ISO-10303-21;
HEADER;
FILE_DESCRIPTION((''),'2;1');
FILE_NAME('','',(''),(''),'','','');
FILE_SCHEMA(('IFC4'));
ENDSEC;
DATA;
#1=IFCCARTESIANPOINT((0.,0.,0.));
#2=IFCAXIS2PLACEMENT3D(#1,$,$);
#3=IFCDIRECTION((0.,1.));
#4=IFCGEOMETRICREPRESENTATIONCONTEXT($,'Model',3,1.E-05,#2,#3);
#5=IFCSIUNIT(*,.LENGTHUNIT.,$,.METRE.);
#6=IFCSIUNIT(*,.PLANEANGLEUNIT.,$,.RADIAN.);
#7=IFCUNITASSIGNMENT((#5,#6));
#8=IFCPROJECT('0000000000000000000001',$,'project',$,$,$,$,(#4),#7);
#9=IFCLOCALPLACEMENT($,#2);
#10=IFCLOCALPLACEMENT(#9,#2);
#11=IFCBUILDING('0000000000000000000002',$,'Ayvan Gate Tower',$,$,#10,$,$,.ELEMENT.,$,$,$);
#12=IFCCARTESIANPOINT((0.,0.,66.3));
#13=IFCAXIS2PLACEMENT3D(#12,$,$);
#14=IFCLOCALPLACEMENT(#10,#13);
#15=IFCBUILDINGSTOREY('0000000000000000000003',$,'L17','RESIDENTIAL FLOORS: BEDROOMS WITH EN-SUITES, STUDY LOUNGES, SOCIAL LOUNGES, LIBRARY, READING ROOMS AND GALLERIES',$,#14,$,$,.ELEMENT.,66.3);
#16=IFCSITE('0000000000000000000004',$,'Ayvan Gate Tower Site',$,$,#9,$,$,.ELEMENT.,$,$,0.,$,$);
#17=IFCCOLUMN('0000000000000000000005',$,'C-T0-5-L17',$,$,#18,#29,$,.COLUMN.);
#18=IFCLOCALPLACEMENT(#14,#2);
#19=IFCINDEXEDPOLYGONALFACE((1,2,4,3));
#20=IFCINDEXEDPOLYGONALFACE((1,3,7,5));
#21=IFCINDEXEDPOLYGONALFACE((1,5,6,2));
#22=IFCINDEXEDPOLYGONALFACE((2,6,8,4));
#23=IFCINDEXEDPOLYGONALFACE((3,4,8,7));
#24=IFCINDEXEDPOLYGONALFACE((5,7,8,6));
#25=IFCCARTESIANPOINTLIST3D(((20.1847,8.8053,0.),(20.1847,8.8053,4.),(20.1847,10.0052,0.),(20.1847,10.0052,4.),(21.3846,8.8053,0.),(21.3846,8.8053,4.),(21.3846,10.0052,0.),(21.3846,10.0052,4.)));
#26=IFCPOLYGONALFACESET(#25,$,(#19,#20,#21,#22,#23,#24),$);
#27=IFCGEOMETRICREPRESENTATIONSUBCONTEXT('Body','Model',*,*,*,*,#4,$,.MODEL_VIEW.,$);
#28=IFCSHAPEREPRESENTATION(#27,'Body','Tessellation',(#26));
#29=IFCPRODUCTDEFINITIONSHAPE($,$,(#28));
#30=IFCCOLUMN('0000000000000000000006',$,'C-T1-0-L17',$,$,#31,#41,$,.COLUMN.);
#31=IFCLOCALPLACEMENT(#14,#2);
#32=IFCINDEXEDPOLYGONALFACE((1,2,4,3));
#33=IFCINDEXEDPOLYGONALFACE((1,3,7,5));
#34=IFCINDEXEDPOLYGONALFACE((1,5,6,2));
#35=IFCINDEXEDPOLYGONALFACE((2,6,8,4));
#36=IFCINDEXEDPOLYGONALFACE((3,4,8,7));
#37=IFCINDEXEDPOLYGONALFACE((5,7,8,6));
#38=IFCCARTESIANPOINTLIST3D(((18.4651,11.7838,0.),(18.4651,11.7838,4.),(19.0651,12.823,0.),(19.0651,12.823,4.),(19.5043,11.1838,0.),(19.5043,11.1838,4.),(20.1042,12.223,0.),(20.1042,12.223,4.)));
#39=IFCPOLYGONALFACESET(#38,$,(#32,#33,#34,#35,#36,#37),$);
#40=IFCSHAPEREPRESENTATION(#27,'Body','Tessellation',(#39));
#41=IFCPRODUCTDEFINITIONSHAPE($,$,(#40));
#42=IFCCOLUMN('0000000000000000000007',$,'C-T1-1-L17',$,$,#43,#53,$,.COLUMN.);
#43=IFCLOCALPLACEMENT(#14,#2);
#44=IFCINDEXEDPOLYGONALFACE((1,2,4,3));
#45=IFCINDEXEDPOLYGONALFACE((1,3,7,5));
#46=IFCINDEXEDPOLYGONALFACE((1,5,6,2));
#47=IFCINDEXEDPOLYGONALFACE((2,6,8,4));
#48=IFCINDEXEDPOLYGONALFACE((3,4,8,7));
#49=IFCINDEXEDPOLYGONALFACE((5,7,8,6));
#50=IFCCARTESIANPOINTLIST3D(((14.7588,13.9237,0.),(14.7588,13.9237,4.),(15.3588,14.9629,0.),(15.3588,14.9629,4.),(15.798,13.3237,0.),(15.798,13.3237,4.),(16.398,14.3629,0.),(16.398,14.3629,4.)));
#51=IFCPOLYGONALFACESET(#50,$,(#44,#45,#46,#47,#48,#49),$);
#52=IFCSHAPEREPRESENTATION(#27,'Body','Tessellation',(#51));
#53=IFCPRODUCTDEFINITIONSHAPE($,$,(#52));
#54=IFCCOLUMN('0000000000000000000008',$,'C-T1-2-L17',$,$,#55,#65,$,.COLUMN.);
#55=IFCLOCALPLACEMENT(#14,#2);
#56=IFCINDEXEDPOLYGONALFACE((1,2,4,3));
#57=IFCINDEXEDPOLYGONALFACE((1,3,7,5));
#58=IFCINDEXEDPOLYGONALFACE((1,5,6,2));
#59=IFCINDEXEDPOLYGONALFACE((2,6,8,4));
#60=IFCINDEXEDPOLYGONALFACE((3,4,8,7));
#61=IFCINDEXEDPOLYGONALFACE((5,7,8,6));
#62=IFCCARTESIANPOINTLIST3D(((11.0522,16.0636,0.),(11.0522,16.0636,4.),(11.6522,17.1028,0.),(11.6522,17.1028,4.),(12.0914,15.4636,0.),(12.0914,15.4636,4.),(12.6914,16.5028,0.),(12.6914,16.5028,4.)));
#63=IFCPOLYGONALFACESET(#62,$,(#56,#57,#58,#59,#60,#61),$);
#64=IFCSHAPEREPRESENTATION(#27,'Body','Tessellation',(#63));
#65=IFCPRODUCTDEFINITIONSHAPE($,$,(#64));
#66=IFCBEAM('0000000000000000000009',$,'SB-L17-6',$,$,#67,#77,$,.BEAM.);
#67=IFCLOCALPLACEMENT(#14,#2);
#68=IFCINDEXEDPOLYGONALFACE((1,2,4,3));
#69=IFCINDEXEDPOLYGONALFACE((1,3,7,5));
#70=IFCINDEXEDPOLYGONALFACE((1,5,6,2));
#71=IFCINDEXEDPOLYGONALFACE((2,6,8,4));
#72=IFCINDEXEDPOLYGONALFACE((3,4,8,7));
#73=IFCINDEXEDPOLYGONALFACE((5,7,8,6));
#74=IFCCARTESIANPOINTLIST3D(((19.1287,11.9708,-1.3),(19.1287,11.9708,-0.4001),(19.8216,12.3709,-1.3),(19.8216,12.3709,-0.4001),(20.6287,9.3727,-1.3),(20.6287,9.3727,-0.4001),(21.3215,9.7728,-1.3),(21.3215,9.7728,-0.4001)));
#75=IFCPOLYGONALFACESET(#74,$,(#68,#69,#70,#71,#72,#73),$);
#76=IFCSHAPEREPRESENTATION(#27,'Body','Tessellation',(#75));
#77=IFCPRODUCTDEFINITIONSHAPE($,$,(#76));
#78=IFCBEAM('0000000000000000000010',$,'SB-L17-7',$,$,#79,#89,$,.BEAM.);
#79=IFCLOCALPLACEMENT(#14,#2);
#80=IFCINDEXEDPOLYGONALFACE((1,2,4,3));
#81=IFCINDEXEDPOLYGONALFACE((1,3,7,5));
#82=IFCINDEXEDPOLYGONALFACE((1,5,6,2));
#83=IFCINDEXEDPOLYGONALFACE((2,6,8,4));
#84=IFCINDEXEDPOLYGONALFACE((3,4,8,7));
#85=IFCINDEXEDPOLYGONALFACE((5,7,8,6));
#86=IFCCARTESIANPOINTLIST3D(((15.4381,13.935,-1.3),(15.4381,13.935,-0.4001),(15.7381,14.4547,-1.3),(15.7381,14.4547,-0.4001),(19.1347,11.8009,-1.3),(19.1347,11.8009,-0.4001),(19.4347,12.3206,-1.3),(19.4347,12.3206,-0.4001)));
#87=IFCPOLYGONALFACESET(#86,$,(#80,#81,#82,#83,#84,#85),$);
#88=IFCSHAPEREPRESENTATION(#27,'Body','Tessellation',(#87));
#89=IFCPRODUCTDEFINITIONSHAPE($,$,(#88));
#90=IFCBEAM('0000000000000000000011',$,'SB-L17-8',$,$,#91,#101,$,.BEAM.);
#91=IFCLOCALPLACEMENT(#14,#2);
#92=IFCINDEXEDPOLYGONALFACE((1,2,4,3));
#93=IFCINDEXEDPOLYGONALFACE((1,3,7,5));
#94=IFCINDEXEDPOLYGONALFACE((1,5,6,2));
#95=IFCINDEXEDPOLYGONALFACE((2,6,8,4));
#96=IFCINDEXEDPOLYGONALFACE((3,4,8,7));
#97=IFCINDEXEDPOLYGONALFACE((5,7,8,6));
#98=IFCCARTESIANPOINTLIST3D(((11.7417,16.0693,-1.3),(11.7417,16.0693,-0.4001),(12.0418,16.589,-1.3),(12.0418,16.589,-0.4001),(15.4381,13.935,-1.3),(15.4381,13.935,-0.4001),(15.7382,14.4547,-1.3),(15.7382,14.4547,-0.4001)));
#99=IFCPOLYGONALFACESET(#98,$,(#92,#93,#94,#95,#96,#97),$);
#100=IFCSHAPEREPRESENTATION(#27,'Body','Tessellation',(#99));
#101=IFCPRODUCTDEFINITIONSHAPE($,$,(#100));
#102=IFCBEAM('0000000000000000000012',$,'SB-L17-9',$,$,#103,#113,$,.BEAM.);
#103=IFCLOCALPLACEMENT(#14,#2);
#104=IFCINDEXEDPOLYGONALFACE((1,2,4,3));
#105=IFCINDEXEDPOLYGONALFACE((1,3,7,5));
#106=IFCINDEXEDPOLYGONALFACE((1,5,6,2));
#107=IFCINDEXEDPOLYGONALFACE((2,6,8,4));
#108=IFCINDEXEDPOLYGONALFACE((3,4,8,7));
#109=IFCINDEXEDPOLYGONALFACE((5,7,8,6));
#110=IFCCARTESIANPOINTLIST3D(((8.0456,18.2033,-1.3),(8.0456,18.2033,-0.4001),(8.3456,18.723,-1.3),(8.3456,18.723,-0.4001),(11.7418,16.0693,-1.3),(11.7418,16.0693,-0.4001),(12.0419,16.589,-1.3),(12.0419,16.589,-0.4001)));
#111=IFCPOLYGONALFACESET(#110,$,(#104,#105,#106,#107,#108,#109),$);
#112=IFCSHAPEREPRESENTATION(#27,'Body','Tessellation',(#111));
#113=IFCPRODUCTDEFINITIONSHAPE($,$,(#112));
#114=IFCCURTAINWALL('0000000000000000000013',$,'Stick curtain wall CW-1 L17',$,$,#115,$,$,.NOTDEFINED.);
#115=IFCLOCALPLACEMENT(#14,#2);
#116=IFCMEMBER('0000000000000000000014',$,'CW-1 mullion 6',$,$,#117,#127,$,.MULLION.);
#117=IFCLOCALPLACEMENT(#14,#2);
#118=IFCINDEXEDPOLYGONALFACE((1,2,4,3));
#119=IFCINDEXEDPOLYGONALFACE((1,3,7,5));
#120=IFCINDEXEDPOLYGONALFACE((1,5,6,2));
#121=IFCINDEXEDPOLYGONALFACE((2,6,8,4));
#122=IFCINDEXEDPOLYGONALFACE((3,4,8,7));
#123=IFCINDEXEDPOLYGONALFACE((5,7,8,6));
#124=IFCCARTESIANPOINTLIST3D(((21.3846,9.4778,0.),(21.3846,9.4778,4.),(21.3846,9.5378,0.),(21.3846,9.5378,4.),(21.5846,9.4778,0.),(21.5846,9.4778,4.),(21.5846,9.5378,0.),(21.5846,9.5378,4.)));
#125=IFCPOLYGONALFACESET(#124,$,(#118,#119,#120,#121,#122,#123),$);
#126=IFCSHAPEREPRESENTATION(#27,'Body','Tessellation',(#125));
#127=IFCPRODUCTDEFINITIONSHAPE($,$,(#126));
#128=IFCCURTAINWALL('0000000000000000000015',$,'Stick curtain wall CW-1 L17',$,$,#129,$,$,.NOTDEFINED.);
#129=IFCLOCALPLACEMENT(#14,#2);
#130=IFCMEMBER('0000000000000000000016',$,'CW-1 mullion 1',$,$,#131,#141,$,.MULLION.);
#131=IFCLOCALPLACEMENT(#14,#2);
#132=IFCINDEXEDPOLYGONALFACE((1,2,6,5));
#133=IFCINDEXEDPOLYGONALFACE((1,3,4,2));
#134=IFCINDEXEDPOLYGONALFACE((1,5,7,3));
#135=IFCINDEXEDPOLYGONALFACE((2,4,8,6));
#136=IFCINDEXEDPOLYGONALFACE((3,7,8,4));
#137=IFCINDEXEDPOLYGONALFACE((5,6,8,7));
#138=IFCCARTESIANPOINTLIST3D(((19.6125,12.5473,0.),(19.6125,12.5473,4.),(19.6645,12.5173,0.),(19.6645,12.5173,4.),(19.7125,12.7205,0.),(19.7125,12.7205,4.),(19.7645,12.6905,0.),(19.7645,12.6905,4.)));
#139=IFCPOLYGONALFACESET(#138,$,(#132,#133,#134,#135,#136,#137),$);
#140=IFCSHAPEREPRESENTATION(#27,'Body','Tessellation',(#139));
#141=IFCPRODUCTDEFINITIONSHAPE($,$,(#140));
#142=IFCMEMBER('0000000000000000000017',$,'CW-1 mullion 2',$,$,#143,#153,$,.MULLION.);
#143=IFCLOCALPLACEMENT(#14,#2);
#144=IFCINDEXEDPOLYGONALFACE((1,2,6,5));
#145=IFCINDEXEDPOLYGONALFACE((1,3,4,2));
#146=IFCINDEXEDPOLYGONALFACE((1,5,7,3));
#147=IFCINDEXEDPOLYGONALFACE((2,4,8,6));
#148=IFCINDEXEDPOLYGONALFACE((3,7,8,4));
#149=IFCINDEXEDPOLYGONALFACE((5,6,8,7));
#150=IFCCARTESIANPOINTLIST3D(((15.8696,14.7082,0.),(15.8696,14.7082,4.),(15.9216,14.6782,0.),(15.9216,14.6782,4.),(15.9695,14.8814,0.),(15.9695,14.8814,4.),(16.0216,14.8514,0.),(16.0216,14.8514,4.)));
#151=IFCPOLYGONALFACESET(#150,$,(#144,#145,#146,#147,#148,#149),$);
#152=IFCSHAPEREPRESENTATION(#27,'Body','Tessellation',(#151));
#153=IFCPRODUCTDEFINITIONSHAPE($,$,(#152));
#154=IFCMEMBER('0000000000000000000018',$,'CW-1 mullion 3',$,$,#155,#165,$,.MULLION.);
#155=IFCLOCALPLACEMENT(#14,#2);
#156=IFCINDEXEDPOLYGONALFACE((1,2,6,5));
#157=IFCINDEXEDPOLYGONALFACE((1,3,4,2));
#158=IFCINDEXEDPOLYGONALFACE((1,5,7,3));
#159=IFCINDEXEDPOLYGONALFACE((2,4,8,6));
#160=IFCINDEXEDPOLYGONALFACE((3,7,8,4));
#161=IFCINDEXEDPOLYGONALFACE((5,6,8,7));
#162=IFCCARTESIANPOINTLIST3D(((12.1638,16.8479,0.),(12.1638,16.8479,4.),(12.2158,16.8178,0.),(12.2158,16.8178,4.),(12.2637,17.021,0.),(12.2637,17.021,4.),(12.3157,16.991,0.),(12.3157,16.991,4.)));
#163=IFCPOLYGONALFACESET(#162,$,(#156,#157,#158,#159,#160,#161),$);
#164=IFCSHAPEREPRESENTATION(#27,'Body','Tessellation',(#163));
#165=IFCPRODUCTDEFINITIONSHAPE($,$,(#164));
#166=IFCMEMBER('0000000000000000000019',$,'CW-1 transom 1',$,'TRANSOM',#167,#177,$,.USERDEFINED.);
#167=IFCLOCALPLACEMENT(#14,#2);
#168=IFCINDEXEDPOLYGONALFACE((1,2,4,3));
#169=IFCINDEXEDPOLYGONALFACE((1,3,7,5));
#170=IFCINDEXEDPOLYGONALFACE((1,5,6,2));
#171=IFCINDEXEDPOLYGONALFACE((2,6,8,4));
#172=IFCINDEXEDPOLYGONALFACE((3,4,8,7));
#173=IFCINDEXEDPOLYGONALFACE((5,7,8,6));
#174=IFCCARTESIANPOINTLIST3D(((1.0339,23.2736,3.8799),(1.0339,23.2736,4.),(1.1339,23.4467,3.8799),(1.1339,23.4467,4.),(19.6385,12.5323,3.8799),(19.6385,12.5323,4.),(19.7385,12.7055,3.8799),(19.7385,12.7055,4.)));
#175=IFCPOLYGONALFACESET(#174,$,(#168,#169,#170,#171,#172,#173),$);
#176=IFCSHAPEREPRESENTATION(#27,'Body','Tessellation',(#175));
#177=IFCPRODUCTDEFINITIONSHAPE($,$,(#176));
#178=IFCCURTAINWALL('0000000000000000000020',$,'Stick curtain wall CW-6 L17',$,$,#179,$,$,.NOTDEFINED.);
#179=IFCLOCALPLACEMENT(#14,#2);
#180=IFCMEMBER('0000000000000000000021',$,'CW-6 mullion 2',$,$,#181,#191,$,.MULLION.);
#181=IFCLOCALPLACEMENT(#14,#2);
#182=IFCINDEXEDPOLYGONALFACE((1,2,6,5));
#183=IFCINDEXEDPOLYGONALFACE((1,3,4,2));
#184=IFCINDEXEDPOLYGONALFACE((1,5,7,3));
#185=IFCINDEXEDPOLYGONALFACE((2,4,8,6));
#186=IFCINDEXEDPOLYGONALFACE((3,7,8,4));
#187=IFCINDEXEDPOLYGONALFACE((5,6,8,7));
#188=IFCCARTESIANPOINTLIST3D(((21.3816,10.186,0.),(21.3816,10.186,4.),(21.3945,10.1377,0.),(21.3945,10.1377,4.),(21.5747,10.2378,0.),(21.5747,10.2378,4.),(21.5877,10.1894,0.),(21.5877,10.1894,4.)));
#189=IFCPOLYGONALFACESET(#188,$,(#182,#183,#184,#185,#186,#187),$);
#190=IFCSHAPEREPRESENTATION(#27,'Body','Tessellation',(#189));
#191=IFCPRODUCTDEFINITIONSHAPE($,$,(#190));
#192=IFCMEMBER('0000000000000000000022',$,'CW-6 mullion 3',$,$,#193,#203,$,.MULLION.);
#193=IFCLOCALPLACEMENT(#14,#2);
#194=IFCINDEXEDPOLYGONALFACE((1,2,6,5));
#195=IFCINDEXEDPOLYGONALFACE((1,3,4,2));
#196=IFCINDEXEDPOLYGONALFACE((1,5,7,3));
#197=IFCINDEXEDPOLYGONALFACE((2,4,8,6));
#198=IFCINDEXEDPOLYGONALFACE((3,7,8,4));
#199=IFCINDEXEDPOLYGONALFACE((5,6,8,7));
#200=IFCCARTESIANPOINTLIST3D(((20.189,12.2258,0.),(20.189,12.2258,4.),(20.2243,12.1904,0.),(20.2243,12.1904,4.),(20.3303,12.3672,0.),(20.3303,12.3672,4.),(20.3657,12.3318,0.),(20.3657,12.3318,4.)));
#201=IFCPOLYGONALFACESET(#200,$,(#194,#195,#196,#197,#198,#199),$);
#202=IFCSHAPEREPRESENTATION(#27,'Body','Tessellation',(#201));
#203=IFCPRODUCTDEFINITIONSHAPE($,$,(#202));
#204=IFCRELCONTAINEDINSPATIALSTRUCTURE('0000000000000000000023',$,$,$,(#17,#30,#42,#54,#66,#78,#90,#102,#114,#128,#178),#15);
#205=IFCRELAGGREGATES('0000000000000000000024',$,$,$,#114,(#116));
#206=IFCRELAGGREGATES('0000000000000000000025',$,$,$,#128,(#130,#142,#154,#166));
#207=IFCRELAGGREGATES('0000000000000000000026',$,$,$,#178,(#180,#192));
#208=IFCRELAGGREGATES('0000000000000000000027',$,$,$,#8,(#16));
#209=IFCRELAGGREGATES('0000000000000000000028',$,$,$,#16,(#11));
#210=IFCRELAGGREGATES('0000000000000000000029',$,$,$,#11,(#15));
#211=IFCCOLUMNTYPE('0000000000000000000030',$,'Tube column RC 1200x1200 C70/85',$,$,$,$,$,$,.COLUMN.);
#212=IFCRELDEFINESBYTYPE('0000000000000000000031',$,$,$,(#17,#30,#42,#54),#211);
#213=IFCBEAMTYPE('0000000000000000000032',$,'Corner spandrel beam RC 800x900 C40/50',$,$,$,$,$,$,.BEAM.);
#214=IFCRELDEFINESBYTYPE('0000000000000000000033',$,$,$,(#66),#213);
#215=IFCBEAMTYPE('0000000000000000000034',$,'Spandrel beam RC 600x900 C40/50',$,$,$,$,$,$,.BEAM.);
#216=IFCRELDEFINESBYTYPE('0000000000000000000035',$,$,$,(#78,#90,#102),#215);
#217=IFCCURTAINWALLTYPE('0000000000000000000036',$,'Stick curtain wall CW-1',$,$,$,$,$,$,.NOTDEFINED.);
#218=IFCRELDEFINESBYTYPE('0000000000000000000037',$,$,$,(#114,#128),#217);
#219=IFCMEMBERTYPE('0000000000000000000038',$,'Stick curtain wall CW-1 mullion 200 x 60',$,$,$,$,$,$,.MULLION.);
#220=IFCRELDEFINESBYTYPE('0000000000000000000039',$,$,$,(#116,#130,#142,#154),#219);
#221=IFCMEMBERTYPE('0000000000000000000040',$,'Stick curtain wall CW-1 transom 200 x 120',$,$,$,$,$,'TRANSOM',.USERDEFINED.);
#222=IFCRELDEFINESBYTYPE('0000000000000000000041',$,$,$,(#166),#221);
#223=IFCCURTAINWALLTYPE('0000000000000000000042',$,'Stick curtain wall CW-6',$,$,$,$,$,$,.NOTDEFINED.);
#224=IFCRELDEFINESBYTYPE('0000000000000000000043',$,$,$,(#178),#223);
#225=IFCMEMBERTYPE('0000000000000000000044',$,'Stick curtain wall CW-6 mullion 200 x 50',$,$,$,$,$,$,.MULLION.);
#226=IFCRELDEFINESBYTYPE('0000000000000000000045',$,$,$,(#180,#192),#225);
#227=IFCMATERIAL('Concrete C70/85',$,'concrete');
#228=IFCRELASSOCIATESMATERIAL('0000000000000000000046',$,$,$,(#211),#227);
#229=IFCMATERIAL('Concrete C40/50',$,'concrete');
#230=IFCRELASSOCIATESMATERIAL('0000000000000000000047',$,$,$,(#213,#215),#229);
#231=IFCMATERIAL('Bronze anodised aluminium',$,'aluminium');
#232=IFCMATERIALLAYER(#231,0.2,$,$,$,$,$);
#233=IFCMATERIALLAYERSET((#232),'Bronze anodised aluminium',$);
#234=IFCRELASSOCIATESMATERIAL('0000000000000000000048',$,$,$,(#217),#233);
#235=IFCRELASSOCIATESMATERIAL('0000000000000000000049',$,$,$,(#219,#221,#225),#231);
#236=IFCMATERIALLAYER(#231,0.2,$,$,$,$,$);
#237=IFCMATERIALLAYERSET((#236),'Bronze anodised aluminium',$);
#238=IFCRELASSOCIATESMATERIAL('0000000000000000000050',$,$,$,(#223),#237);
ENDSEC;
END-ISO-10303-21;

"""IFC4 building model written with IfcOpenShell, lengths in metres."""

from ifc_helpers import new_model, si_unit, direction, frame, origin, origin_2d, place, context, subcontext, project, spatial, rectangle, extrude, material, layer, layer_set, material_profile, profile_set, type_object, element, aggregate, save


model = new_model("IFC4")

# Units and contexts
model_context = context("Model", 3, precision=1e-05, world=origin(), true_north=direction((0.0, 1.0)))
body_context = subcontext(model_context, "Body", "Model", "MODEL_VIEW")
ifc_project = project(units=[si_unit("LENGTHUNIT", "METRE"), si_unit("PLANEANGLEUNIT", "RADIAN")], contexts=[model_context])

# Site, building, storey
site_placement = place(None, origin())
site = spatial("IfcSite", under=ifc_project, at=site_placement, Name="Ayvan Gate Tower Site", CompositionType="ELEMENT", RefElevation=0.0)
building_placement = place(site_placement, origin())
building = spatial("IfcBuilding", under=site, at=building_placement, Name="Ayvan Gate Tower", CompositionType="ELEMENT")
storey_placement = place(building_placement, frame((0.0, 0.0, 66.3)))
storey = spatial("IfcBuildingStorey", under=building, at=storey_placement, Name="L17", Description="RESIDENTIAL FLOORS: BEDROOMS WITH EN-SUITES, STUDY LOUNGES, SOCIAL LOUNGES, LIBRARY, READING ROOMS AND GALLERIES", CompositionType="ELEMENT", Elevation=66.3)

# Columns
ifc_material_1 = material(Name="Concrete C70/85", Category="concrete")
ifc_material_profile_1 = material_profile(ifc_material_1, rectangle(XDim=1.2, YDim=1.2, at=origin_2d()), Name="RC 1200x1200")
ifc_profile_set_1 = profile_set([ifc_material_profile_1], Name="Concrete C70/85")
column_type = type_object("IfcColumnType", Name="Tube column RC 1200x1200 C70/85", PredefinedType="COLUMN", material=ifc_profile_set_1)
for number, where, z_axis, x_axis, name in (
    (1, (20.7847, 9.4053, 0.0), (0.0, 0.0, 1.0), (1.0, 0.0, 0.0), "C-T0-5-L17"),
    (2, (19.2847, 12.0034, 0.0), (0.0, 0.0, 1.0), (0.5, 0.866025, 0.0), "C-T1-0-L17"),
    (3, (15.5784, 14.1433, 0.0), (0.0, 0.0, 1.0), (0.5, 0.866025, 0.0), "C-T1-1-L17"),
    (4, (11.8718, 16.2832, 0.0), (0.0, 0.0, 1.0), (0.5, 0.866025, 0.0), "C-T1-2-L17"),
):
    element("IfcColumn", number, at=place(storey_placement, frame(where, z_axis=z_axis, x_axis=x_axis)), inside=storey, type_object=column_type, Name=name, PredefinedType="COLUMN", context=body_context, shape_type="SweptSolid", body=[
        extrude(rectangle(XDim=1.2, YDim=1.2, at=origin_2d()), origin(), (0.0, 0.0, 1.0), 4.0),
    ])

# Beams
ifc_material_2 = material(Name="Concrete C40/50", Category="concrete")
ifc_material_profile_2 = material_profile(ifc_material_2, rectangle(XDim=0.8, YDim=0.8999, at=origin_2d()), Name="RC 800x900")
ifc_profile_set_2 = profile_set([ifc_material_profile_2], Name="Concrete C40/50")
beam_type_1 = type_object("IfcBeamType", Name="Corner spandrel beam RC 800x900 C40/50", PredefinedType="BEAM", material=ifc_profile_set_2)
beam_1_placement = place(storey_placement, frame((20.9751, 9.5728, -0.8501), z_axis=(-0.49999, 0.866031, 0.0), x_axis=(-0.866031, -0.49999, 0.0)))
element("IfcBeam", 5, at=beam_1_placement, inside=storey, type_object=beam_type_1, Name="SB-L17-6", PredefinedType="BEAM", context=body_context, shape_type="SweptSolid", body=[
    extrude(rectangle(XDim=0.8, YDim=0.8999, at=origin_2d()), origin(), (0.0, 0.0, 1.0), 3.0),
])
ifc_material_profile_3 = material_profile(ifc_material_2, rectangle(XDim=0.6001, YDim=0.8999, at=origin_2d()), Name="RC 600x900")
ifc_profile_set_3 = profile_set([ifc_material_profile_3], Name="Concrete C40/50")
beam_type_2 = type_object("IfcBeamType", Name="Spandrel beam RC 600x900 C40/50", PredefinedType="BEAM", material=ifc_profile_set_3)
for number, where, z_axis, x_axis, name in (
    (6, (19.2847, 12.0608, -0.8501), (-0.866042, 0.499972, 0.0), (-0.499972, -0.866042, 0.0), "SB-L17-7"),
    (7, (15.5881, 14.1948, -0.8501), (-0.866003, 0.500039, 0.0), (-0.500039, -0.866003, 0.0), "SB-L17-8"),
):
    element("IfcBeam", number, at=place(storey_placement, frame(where, z_axis=z_axis, x_axis=x_axis)), inside=storey, type_object=beam_type_2, Name=name, PredefinedType="BEAM", context=body_context, shape_type="SweptSolid", body=[
        extrude(rectangle(XDim=0.6001, YDim=0.8999, at=origin_2d()), origin(), (0.0, 0.0, 1.0), 4.2683),
    ])
beam_2_placement = place(storey_placement, frame((11.8918, 16.3291, -0.8501), z_axis=(-0.866027, 0.499996, 0.0), x_axis=(-0.499996, -0.866027, 0.0)))
element("IfcBeam", 8, at=beam_2_placement, inside=storey, type_object=beam_type_2, Name="SB-L17-9", PredefinedType="BEAM", context=body_context, shape_type="SweptSolid", body=[
    extrude(rectangle(XDim=0.6001, YDim=0.8999, at=origin_2d()), origin(), (0.0, 0.0, 1.0), 4.2681),
])

# Curtain wall, member
ifc_material_3 = material(Name="Bronze anodised aluminium", Category="aluminium")
ifc_layer_1 = layer(ifc_material_3, 0.2)
ifc_layer_set_1 = layer_set([ifc_layer_1], Name="Bronze anodised aluminium")
curtain_wall_type_1 = type_object("IfcCurtainWallType", Name="Stick curtain wall CW-1", PredefinedType="NOTDEFINED", material=ifc_layer_set_1)
curtain_wall_1_placement = place(storey_placement, origin())
curtain_wall_1 = element("IfcCurtainWall", 9, at=curtain_wall_1_placement, inside=storey, type_object=curtain_wall_type_1, Name="Stick curtain wall CW-1 L17", PredefinedType="NOTDEFINED")
ifc_material_profile_4 = material_profile(ifc_material_3, rectangle(XDim=0.2, YDim=0.0601, at=origin_2d()), Name="Stick curtain wall CW-1 mullion 200 x 60")
ifc_profile_set_4 = profile_set([ifc_material_profile_4], Name="Bronze anodised aluminium")
member_type_1 = type_object("IfcMemberType", Name="Stick curtain wall CW-1 mullion 200 x 60", PredefinedType="MULLION", material=ifc_profile_set_4)
member_1_placement = place(storey_placement, frame((21.4846, 9.5078, 0.0), z_axis=(0.0, 0.0, 1.0), x_axis=(1.0, 0.0, 0.0)))
member_1 = element("IfcMember", 10, at=member_1_placement, type_object=member_type_1, Name="CW-1 mullion 6", PredefinedType="MULLION", context=body_context, shape_type="SweptSolid", body=[
    extrude(rectangle(XDim=0.2, YDim=0.0601, at=origin_2d()), origin(), (0.0, 0.0, 1.0), 4.0),
])
aggregate(curtain_wall_1, [member_1])

# Curtain walls, members
curtain_wall_2_placement = place(storey_placement, origin())
curtain_wall_2 = element("IfcCurtainWall", 11, at=curtain_wall_2_placement, inside=storey, type_object=curtain_wall_type_1, Name="Stick curtain wall CW-1 L17", PredefinedType="NOTDEFINED")
member_2_placement = place(storey_placement, frame((19.6885, 12.6189, 0.0), z_axis=(0.0, 0.0, 1.0), x_axis=(0.5, 0.866025, 0.0)))
member_2 = element("IfcMember", 12, at=member_2_placement, type_object=member_type_1, Name="CW-1 mullion 1", PredefinedType="MULLION", context=body_context, shape_type="SweptSolid", body=[
    extrude(rectangle(XDim=0.2, YDim=0.0601, at=origin_2d()), origin(), (0.0, 0.0, 1.0), 4.0),
])
member_3_placement = place(storey_placement, frame((15.9456, 14.7798, 0.0), z_axis=(0.0, 0.0, 1.0), x_axis=(0.5, 0.866025, 0.0)))
member_3 = element("IfcMember", 13, at=member_3_placement, type_object=member_type_1, Name="CW-1 mullion 2", PredefinedType="MULLION", context=body_context, shape_type="SweptSolid", body=[
    extrude(rectangle(XDim=0.2, YDim=0.0601, at=origin_2d()), origin(), (0.0, 0.0, 1.0), 4.0),
])
member_4_placement = place(storey_placement, frame((12.2397, 16.9194, 0.0), z_axis=(0.0, 0.0, 1.0), x_axis=(0.5, 0.866025, 0.0)))
member_4 = element("IfcMember", 14, at=member_4_placement, type_object=member_type_1, Name="CW-1 mullion 3", PredefinedType="MULLION", context=body_context, shape_type="SweptSolid", body=[
    extrude(rectangle(XDim=0.2, YDim=0.0601, at=origin_2d()), origin(), (0.0, 0.0, 1.0), 4.0),
])
ifc_material_profile_5 = material_profile(ifc_material_3, rectangle(XDim=0.2, YDim=0.1201, at=origin_2d()), Name="Stick curtain wall CW-1 transom 200 x 120")
ifc_profile_set_5 = profile_set([ifc_material_profile_5], Name="Bronze anodised aluminium")
member_type_2 = type_object("IfcMemberType", Name="Stick curtain wall CW-1 transom 200 x 120", ElementType="TRANSOM", PredefinedType="USERDEFINED", material=ifc_profile_set_5)
member_5_placement = place(storey_placement, frame((19.6885, 12.6189, 3.9399), z_axis=(-0.866027, 0.499997, 0.0), x_axis=(-0.499997, -0.866027, 0.0)))
member_5 = element("IfcMember", 15, at=member_5_placement, type_object=member_type_2, Name="CW-1 transom 1", ObjectType="TRANSOM", PredefinedType="USERDEFINED", context=body_context, shape_type="SweptSolid", body=[
    extrude(rectangle(XDim=0.2, YDim=0.1201, at=origin_2d()), origin(), (0.0, 0.0, 1.0), 21.4827),
])
ifc_layer_2 = layer(ifc_material_3, 0.2)
ifc_layer_set_2 = layer_set([ifc_layer_2], Name="Bronze anodised aluminium")
curtain_wall_type_2 = type_object("IfcCurtainWallType", Name="Stick curtain wall CW-6", PredefinedType="NOTDEFINED", material=ifc_layer_set_2)
curtain_wall_3_placement = place(storey_placement, origin())
curtain_wall_3 = element("IfcCurtainWall", 16, at=curtain_wall_3_placement, inside=storey, type_object=curtain_wall_type_2, Name="Stick curtain wall CW-6 L17", PredefinedType="NOTDEFINED")
ifc_material_profile_6 = material_profile(ifc_material_3, rectangle(XDim=0.2, YDim=0.05, at=origin_2d()), Name="Stick curtain wall CW-6 mullion 200 x 50")
ifc_profile_set_6 = profile_set([ifc_material_profile_6], Name="Bronze anodised aluminium")
member_type_3 = type_object("IfcMemberType", Name="Stick curtain wall CW-6 mullion 200 x 50", PredefinedType="MULLION", material=ifc_profile_set_6)
member_6_placement = place(storey_placement, frame((21.4846, 10.1877, 0.0), z_axis=(0.0, 0.0, 1.0), x_axis=(0.965926, 0.258819, 0.0)))
member_6 = element("IfcMember", 17, at=member_6_placement, type_object=member_type_3, Name="CW-6 mullion 2", PredefinedType="MULLION", context=body_context, shape_type="SweptSolid", body=[
    extrude(rectangle(XDim=0.2, YDim=0.05, at=origin_2d()), origin(), (0.0, 0.0, 1.0), 4.0),
])
member_7_placement = place(storey_placement, frame((20.2773, 12.2788, 0.0), z_axis=(0.0, 0.0, 1.0), x_axis=(0.707107, 0.707107, 0.0)))
member_7 = element("IfcMember", 18, at=member_7_placement, type_object=member_type_3, Name="CW-6 mullion 3", PredefinedType="MULLION", context=body_context, shape_type="SweptSolid", body=[
    extrude(rectangle(XDim=0.2, YDim=0.05, at=origin_2d()), origin(), (0.0, 0.0, 1.0), 4.0),
])

aggregate(curtain_wall_2, [member_2, member_3, member_4, member_5])
aggregate(curtain_wall_3, [member_6, member_7])

save(model, "model.ifc")
